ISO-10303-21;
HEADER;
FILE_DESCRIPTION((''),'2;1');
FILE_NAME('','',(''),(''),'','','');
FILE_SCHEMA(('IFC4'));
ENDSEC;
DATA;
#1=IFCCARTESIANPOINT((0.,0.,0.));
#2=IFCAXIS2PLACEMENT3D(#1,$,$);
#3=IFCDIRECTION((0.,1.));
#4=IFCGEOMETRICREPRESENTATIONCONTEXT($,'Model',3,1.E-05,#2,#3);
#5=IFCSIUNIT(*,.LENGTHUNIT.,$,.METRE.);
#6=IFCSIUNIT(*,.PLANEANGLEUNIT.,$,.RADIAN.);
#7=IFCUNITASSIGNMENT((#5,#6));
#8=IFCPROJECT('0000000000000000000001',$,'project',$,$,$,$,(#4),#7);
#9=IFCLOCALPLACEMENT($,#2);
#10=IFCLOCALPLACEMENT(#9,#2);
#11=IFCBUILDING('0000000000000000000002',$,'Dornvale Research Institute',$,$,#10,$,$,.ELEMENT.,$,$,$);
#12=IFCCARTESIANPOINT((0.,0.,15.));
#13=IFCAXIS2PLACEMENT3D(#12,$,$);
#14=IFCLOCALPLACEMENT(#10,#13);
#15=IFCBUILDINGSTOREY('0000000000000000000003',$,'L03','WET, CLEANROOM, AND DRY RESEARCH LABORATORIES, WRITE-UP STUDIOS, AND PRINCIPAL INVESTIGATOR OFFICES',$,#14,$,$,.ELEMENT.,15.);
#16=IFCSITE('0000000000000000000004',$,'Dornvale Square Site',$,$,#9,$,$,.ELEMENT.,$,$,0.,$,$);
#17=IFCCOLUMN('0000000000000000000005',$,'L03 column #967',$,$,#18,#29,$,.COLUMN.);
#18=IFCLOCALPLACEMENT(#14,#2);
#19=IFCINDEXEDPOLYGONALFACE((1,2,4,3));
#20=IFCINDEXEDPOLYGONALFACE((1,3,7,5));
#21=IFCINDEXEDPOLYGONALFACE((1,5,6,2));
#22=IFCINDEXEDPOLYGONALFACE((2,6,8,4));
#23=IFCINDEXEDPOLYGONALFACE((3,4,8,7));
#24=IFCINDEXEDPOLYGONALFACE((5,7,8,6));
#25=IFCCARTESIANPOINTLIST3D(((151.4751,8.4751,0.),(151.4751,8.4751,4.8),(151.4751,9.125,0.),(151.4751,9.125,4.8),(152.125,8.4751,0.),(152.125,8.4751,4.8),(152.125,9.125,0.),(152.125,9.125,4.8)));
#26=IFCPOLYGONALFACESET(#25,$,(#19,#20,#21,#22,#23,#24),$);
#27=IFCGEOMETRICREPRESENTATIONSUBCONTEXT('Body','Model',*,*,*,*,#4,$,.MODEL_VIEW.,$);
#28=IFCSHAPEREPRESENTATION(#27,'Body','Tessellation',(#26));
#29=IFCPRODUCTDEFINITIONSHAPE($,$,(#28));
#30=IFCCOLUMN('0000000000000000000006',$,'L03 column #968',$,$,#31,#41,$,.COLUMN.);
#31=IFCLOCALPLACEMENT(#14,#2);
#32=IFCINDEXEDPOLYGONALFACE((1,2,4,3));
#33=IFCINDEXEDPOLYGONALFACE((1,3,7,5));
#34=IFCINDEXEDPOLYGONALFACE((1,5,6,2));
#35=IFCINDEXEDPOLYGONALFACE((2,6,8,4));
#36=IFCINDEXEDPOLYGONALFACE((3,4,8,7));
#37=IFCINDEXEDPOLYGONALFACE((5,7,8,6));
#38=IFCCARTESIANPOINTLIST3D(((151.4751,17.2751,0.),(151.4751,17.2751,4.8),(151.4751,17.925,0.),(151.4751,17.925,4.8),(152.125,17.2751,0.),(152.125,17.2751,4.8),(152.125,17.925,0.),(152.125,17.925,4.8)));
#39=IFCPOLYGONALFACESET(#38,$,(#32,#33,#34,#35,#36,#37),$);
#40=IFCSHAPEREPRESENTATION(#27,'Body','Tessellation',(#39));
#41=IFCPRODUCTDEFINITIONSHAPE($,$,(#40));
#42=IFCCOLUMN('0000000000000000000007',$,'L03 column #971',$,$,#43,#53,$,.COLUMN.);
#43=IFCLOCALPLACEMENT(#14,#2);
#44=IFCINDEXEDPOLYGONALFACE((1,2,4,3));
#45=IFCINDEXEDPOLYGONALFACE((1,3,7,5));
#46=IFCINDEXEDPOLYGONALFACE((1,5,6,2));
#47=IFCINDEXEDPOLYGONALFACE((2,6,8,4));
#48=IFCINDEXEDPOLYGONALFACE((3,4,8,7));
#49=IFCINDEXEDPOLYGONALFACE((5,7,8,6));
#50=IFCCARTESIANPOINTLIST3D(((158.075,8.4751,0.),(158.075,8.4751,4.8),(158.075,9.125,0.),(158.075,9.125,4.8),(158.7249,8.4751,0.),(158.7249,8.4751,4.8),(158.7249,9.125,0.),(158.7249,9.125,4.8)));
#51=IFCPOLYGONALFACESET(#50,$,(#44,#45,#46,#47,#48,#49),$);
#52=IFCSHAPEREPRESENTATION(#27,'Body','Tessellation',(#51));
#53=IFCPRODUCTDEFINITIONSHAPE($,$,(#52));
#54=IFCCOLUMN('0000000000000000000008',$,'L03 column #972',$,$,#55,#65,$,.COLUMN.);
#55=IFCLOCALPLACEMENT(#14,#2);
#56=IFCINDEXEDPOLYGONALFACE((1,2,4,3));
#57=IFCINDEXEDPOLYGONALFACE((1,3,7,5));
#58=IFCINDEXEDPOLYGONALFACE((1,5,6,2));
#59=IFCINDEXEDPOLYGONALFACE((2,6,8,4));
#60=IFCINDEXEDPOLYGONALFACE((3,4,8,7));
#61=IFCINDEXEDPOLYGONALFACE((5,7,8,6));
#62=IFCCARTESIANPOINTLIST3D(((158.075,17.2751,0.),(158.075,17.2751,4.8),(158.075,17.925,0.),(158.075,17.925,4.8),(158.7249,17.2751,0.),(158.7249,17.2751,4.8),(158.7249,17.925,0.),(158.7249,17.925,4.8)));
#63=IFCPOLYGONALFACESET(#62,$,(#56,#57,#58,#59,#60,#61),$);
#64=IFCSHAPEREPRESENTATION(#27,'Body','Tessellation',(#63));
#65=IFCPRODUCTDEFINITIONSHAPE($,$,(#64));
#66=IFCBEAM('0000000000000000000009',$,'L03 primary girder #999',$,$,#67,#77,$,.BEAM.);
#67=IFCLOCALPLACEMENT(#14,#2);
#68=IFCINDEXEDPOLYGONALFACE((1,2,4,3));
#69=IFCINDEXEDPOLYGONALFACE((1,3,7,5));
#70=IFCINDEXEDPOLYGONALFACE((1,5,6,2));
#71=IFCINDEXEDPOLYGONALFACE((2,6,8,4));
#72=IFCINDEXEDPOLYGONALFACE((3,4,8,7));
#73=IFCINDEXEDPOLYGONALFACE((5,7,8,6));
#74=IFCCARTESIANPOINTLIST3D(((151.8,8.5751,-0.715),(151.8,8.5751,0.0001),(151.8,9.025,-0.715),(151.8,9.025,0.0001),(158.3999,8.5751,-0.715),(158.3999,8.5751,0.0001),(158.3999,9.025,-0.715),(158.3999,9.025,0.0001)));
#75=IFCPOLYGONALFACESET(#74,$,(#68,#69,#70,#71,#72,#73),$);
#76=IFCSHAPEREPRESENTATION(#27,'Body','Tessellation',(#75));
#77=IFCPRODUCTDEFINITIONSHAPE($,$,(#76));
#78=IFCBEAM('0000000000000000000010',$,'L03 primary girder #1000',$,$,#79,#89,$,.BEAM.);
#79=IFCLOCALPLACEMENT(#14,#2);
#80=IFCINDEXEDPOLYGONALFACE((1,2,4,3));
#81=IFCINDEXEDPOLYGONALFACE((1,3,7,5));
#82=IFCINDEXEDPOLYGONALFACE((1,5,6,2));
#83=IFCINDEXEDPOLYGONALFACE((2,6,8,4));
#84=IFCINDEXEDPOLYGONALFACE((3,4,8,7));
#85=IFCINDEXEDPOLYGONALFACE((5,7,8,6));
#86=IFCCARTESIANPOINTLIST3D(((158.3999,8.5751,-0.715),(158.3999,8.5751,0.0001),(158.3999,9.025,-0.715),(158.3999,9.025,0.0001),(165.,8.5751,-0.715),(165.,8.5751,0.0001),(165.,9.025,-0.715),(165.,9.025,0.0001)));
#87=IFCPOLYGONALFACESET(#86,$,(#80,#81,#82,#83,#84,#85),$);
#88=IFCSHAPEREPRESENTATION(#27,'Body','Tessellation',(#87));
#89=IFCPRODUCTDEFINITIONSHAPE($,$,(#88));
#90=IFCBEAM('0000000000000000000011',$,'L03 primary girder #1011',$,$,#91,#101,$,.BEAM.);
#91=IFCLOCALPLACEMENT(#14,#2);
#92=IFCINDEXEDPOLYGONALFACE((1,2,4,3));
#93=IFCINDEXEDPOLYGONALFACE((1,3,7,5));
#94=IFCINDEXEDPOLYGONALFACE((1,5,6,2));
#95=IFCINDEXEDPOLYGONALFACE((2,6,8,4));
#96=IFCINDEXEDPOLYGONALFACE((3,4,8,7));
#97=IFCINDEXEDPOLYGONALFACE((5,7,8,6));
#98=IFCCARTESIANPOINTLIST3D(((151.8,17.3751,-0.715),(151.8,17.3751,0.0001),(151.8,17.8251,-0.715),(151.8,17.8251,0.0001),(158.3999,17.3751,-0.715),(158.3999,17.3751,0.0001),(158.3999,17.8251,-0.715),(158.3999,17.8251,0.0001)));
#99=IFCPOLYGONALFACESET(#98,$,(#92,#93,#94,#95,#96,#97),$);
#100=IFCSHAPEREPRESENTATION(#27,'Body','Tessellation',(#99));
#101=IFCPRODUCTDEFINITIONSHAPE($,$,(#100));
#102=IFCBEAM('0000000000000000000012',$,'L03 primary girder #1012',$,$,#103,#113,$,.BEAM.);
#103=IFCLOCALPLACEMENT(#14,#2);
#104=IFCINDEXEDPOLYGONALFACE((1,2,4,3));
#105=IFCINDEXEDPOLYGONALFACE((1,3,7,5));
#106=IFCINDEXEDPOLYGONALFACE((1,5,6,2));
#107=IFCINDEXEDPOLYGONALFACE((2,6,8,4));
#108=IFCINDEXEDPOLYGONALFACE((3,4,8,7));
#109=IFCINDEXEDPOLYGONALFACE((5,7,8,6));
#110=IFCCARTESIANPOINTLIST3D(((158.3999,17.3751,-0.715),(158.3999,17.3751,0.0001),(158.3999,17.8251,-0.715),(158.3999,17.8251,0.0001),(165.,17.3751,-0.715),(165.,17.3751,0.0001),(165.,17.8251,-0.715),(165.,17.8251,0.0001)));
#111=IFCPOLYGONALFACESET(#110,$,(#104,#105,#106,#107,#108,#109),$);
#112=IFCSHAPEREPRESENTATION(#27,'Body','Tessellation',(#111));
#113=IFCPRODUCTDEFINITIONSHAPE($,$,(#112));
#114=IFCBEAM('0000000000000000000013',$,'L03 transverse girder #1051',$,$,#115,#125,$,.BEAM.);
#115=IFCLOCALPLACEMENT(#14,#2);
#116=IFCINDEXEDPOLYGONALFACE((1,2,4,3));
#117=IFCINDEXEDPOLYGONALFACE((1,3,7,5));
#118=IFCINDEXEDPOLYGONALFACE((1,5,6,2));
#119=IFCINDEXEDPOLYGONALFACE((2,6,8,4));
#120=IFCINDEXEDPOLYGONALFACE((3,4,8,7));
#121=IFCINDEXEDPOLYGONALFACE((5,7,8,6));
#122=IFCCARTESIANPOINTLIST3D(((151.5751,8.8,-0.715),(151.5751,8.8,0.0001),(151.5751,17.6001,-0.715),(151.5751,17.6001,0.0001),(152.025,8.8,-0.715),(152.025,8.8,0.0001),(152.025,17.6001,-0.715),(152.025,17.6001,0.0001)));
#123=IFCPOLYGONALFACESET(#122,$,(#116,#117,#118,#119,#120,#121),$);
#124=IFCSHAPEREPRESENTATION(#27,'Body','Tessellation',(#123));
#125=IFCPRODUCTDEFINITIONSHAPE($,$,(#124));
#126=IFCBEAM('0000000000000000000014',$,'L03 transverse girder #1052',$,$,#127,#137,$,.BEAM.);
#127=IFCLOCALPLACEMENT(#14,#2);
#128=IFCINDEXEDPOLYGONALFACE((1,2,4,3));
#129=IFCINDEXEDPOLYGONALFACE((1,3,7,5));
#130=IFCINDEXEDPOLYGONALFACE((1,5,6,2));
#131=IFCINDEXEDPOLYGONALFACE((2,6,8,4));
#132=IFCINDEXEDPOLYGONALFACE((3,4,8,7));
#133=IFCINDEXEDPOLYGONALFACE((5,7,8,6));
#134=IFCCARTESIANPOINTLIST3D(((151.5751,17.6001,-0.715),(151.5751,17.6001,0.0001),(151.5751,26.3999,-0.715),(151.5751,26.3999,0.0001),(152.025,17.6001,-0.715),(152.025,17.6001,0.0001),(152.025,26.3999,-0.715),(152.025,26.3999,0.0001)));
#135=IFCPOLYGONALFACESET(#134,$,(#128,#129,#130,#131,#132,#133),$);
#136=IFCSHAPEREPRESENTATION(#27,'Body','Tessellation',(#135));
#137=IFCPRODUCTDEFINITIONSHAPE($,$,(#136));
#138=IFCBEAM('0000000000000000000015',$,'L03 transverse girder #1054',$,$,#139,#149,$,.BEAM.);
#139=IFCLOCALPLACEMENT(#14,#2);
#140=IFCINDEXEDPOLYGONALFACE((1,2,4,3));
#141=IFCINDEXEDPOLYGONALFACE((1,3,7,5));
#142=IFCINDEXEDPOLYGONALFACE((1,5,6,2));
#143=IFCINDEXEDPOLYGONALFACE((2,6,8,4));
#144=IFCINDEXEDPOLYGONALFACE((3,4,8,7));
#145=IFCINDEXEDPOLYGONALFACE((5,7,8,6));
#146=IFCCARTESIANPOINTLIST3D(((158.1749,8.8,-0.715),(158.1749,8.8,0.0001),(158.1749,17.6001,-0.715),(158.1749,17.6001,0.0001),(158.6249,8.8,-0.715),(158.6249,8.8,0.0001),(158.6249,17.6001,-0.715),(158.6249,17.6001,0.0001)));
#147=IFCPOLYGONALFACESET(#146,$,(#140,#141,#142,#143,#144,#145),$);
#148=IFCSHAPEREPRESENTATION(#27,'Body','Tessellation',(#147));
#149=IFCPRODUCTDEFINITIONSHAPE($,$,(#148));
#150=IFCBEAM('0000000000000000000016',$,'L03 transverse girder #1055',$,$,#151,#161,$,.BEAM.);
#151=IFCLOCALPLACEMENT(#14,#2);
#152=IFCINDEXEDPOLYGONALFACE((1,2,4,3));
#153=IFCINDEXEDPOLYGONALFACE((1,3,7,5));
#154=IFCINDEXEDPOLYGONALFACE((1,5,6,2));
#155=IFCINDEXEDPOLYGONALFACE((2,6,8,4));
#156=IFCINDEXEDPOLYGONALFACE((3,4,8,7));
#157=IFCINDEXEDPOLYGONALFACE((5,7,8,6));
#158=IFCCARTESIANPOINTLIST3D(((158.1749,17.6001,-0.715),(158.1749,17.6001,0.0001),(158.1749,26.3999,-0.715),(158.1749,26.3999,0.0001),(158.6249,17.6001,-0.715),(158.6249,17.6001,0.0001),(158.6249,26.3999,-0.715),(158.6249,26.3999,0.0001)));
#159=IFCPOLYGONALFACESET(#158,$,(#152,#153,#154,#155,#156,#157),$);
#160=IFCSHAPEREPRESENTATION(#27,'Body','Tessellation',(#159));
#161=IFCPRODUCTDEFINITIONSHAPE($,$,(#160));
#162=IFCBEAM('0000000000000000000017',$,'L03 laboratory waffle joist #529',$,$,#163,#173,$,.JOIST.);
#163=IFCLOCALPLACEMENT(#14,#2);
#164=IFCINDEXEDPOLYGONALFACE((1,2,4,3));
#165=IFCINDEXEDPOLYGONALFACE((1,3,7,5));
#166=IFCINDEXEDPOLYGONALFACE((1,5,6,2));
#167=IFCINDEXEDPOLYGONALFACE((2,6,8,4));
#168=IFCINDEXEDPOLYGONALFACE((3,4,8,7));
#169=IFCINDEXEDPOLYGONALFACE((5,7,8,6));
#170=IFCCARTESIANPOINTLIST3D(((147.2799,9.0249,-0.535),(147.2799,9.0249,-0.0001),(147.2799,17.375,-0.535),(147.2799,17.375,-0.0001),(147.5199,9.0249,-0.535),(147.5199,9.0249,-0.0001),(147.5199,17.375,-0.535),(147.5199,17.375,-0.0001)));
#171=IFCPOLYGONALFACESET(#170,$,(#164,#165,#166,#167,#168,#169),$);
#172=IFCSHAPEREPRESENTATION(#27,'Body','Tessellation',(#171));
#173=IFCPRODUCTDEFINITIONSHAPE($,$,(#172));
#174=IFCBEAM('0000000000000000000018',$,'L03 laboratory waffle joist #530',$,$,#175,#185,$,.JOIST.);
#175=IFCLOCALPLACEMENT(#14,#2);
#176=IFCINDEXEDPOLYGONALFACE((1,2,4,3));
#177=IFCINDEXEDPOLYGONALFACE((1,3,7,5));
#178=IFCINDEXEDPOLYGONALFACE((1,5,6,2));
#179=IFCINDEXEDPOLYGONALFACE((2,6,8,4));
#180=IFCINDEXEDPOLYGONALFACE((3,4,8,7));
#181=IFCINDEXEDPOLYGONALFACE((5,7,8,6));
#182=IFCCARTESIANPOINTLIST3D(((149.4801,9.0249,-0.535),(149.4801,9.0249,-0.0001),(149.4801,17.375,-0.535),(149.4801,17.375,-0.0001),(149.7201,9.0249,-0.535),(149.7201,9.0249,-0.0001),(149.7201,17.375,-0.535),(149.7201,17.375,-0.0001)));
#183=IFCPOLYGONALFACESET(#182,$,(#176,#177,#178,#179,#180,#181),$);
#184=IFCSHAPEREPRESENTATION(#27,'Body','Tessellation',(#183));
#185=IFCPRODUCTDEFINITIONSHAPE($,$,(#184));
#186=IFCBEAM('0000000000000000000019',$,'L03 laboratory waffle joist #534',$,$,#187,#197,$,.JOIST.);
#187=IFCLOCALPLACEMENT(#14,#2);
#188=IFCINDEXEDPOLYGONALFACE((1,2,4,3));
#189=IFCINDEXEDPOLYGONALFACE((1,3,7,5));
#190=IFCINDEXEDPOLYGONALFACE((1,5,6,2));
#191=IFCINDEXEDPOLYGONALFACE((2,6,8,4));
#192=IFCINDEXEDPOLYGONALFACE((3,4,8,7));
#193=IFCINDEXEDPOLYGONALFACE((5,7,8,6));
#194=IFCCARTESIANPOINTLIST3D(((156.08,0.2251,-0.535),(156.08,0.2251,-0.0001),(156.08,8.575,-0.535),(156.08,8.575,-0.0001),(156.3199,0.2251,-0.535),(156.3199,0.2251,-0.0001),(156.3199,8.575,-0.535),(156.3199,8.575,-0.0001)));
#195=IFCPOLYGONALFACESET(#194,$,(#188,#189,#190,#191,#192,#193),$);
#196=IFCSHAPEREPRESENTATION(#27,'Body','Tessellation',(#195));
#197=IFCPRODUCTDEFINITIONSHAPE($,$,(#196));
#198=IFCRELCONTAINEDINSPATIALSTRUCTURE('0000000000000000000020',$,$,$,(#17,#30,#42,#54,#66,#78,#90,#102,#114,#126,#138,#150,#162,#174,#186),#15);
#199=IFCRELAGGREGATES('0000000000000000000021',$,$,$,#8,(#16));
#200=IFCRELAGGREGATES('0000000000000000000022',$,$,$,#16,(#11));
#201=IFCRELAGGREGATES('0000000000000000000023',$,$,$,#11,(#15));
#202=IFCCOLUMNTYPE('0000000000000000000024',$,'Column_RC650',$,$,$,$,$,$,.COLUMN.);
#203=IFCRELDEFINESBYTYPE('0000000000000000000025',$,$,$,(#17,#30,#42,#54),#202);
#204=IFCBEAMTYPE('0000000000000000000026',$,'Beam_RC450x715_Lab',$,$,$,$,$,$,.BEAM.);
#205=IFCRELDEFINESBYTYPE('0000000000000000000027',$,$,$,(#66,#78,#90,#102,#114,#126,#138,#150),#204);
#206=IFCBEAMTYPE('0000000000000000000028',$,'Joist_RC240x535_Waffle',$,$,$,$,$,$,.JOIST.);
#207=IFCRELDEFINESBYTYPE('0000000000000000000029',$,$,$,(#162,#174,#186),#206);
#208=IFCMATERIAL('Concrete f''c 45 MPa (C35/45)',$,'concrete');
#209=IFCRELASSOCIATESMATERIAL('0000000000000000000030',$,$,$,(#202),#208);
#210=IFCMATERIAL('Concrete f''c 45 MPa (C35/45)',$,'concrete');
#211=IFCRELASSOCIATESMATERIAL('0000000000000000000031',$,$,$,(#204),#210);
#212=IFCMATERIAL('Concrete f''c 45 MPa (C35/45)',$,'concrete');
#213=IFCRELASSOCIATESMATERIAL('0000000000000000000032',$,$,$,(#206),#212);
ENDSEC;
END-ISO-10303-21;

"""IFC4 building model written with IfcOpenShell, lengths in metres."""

from ifc_helpers import new_model, si_unit, direction, frame, origin, origin_2d, place, context, subcontext, project, spatial, rectangle, extrude, material, material_profile, profile_set, type_object, element, save


model = new_model("IFC4")

# Units and contexts
model_context = context("Model", 3, precision=1e-05, world=origin(), true_north=direction((0.0, 1.0)))
body_context = subcontext(model_context, "Body", "Model", "MODEL_VIEW")
ifc_project = project(units=[si_unit("LENGTHUNIT", "METRE"), si_unit("PLANEANGLEUNIT", "RADIAN")], contexts=[model_context])

# Site, building, storey
site_placement = place(None, origin())
site = spatial("IfcSite", under=ifc_project, at=site_placement, Name="Dornvale Square Site", CompositionType="ELEMENT", RefElevation=0.0)
building_placement = place(site_placement, origin())
building = spatial("IfcBuilding", under=site, at=building_placement, Name="Dornvale Research Institute", CompositionType="ELEMENT")
storey_placement = place(building_placement, frame((0.0, 0.0, 15.0)))
storey = spatial("IfcBuildingStorey", under=building, at=storey_placement, Name="L03", Description="WET, CLEANROOM, AND DRY RESEARCH LABORATORIES, WRITE-UP STUDIOS, AND PRINCIPAL INVESTIGATOR OFFICES", CompositionType="ELEMENT", Elevation=15.0)

# Columns
ifc_material_1 = material(Name="Concrete f'c 45 MPa (C35/45)", Category="concrete")
ifc_material_profile_1 = material_profile(ifc_material_1, rectangle(XDim=0.6499, YDim=0.6499, at=origin_2d()), Name="RC 650x650")
ifc_profile_set_1 = profile_set([ifc_material_profile_1], Name="Concrete f'c 45 MPa (C35/45)")
column_type = type_object("IfcColumnType", Name="Column_RC650", PredefinedType="COLUMN", material=ifc_profile_set_1)
for number, where, z_axis, x_axis, name in (
    (1, (151.8, 8.8, 0.0), (0.0, 0.0, 1.0), (1.0, 0.0, 0.0), "L03 column #967"),
    (2, (151.8, 17.6001, 0.0), (0.0, 0.0, 1.0), (1.0, 0.0, 0.0), "L03 column #968"),
    (3, (158.3999, 8.8, 0.0), (0.0, 0.0, 1.0), (1.0, 0.0, 0.0), "L03 column #971"),
    (4, (158.3999, 17.6001, 0.0), (0.0, 0.0, 1.0), (1.0, 0.0, 0.0), "L03 column #972"),
):
    element("IfcColumn", number, at=place(storey_placement, frame(where, z_axis=z_axis, x_axis=x_axis)), inside=storey, type_object=column_type, Name=name, PredefinedType="COLUMN", context=body_context, shape_type="SweptSolid", body=[
        extrude(rectangle(XDim=0.6499, YDim=0.6499, at=origin_2d()), origin(), (0.0, 0.0, 1.0), 4.8),
    ])

# Beams
ifc_material_2 = material(Name="Concrete f'c 45 MPa (C35/45)", Category="concrete")
ifc_material_profile_2 = material_profile(ifc_material_2, rectangle(XDim=0.45, YDim=0.7151, at=origin_2d()), Name="RC 450x715")
ifc_profile_set_2 = profile_set([ifc_material_profile_2], Name="Concrete f'c 45 MPa (C35/45)")
beam_type_1 = type_object("IfcBeamType", Name="Beam_RC450x715_Lab", PredefinedType="BEAM", material=ifc_profile_set_2)
beam_1_placement = place(storey_placement, frame((151.8, 8.8, -0.3574), z_axis=(1.0, 0.0, 0.0), x_axis=(0.0, 1.0, 0.0)))
element("IfcBeam", 5, at=beam_1_placement, inside=storey, type_object=beam_type_1, Name="L03 primary girder #999", PredefinedType="BEAM", context=body_context, shape_type="SweptSolid", body=[
    extrude(rectangle(XDim=0.45, YDim=0.7151, at=origin_2d()), origin(), (0.0, 0.0, 1.0), 6.5999),
])
beam_2_placement = place(storey_placement, frame((158.3999, 8.8, -0.3574), z_axis=(1.0, 0.0, 0.0), x_axis=(0.0, 1.0, 0.0)))
element("IfcBeam", 6, at=beam_2_placement, inside=storey, type_object=beam_type_1, Name="L03 primary girder #1000", PredefinedType="BEAM", context=body_context, shape_type="SweptSolid", body=[
    extrude(rectangle(XDim=0.45, YDim=0.7151, at=origin_2d()), origin(), (0.0, 0.0, 1.0), 6.6001),
])
beam_3_placement = place(storey_placement, frame((151.8, 17.6001, -0.3574), z_axis=(1.0, 0.0, 0.0), x_axis=(0.0, 1.0, 0.0)))
element("IfcBeam", 7, at=beam_3_placement, inside=storey, type_object=beam_type_1, Name="L03 primary girder #1011", PredefinedType="BEAM", context=body_context, shape_type="SweptSolid", body=[
    extrude(rectangle(XDim=0.45, YDim=0.7151, at=origin_2d()), origin(), (0.0, 0.0, 1.0), 6.5999),
])
beam_4_placement = place(storey_placement, frame((158.3999, 17.6001, -0.3574), z_axis=(1.0, 0.0, 0.0), x_axis=(0.0, 1.0, 0.0)))
element("IfcBeam", 8, at=beam_4_placement, inside=storey, type_object=beam_type_1, Name="L03 primary girder #1012", PredefinedType="BEAM", context=body_context, shape_type="SweptSolid", body=[
    extrude(rectangle(XDim=0.45, YDim=0.7151, at=origin_2d()), origin(), (0.0, 0.0, 1.0), 6.6001),
])
beam_5_placement = place(storey_placement, frame((151.8, 8.8, -0.3574), z_axis=(0.0, 1.0, 0.0), x_axis=(-1.0, 0.0, 0.0)))
element("IfcBeam", 9, at=beam_5_placement, inside=storey, type_object=beam_type_1, Name="L03 transverse girder #1051", PredefinedType="BEAM", context=body_context, shape_type="SweptSolid", body=[
    extrude(rectangle(XDim=0.45, YDim=0.7151, at=origin_2d()), origin(), (0.0, 0.0, 1.0), 8.8),
])
beam_6_placement = place(storey_placement, frame((151.8, 17.6001, -0.3574), z_axis=(0.0, 1.0, 0.0), x_axis=(-1.0, 0.0, 0.0)))
element("IfcBeam", 10, at=beam_6_placement, inside=storey, type_object=beam_type_1, Name="L03 transverse girder #1052", PredefinedType="BEAM", context=body_context, shape_type="SweptSolid", body=[
    extrude(rectangle(XDim=0.45, YDim=0.7151, at=origin_2d()), origin(), (0.0, 0.0, 1.0), 8.7998),
])
beam_7_placement = place(storey_placement, frame((158.3999, 8.8, -0.3574), z_axis=(0.0, 1.0, 0.0), x_axis=(-1.0, 0.0, 0.0)))
element("IfcBeam", 11, at=beam_7_placement, inside=storey, type_object=beam_type_1, Name="L03 transverse girder #1054", PredefinedType="BEAM", context=body_context, shape_type="SweptSolid", body=[
    extrude(rectangle(XDim=0.45, YDim=0.7151, at=origin_2d()), origin(), (0.0, 0.0, 1.0), 8.8),
])
beam_8_placement = place(storey_placement, frame((158.3999, 17.6001, -0.3574), z_axis=(0.0, 1.0, 0.0), x_axis=(-1.0, 0.0, 0.0)))
element("IfcBeam", 12, at=beam_8_placement, inside=storey, type_object=beam_type_1, Name="L03 transverse girder #1055", PredefinedType="BEAM", context=body_context, shape_type="SweptSolid", body=[
    extrude(rectangle(XDim=0.45, YDim=0.7151, at=origin_2d()), origin(), (0.0, 0.0, 1.0), 8.7998),
])
ifc_material_3 = material(Name="Concrete f'c 45 MPa (C35/45)", Category="concrete")
ifc_material_profile_3 = material_profile(ifc_material_3, rectangle(XDim=0.24, YDim=0.5349, at=origin_2d()), Name="RC 240x535")
ifc_profile_set_3 = profile_set([ifc_material_profile_3], Name="Concrete f'c 45 MPa (C35/45)")
beam_type_2 = type_object("IfcBeamType", Name="Joist_RC240x535_Waffle", PredefinedType="JOIST", material=ifc_profile_set_3)
for number, where, z_axis, x_axis, name in (
    (13, (147.3999, 9.0249, -0.2676), (0.0, 1.0, 0.0), (-1.0, 0.0, 0.0), "L03 laboratory waffle joist #529"),
    (14, (149.6001, 9.0249, -0.2676), (0.0, 1.0, 0.0), (-1.0, 0.0, 0.0), "L03 laboratory waffle joist #530"),
):
    element("IfcBeam", number, at=place(storey_placement, frame(where, z_axis=z_axis, x_axis=x_axis)), inside=storey, type_object=beam_type_2, Name=name, PredefinedType="JOIST", context=body_context, shape_type="SweptSolid", body=[
        extrude(rectangle(XDim=0.24, YDim=0.5349, at=origin_2d()), origin(), (0.0, 0.0, 1.0), 8.3501),
    ])
beam_9_placement = place(storey_placement, frame((156.2, 0.2251, -0.2676), z_axis=(0.0, 1.0, 0.0), x_axis=(-1.0, 0.0, 0.0)))
element("IfcBeam", 15, at=beam_9_placement, inside=storey, type_object=beam_type_2, Name="L03 laboratory waffle joist #534", PredefinedType="JOIST", context=body_context, shape_type="SweptSolid", body=[
    extrude(rectangle(XDim=0.24, YDim=0.5349, at=origin_2d()), origin(), (0.0, 0.0, 1.0), 8.3499),
])

save(model, "model.ifc")
